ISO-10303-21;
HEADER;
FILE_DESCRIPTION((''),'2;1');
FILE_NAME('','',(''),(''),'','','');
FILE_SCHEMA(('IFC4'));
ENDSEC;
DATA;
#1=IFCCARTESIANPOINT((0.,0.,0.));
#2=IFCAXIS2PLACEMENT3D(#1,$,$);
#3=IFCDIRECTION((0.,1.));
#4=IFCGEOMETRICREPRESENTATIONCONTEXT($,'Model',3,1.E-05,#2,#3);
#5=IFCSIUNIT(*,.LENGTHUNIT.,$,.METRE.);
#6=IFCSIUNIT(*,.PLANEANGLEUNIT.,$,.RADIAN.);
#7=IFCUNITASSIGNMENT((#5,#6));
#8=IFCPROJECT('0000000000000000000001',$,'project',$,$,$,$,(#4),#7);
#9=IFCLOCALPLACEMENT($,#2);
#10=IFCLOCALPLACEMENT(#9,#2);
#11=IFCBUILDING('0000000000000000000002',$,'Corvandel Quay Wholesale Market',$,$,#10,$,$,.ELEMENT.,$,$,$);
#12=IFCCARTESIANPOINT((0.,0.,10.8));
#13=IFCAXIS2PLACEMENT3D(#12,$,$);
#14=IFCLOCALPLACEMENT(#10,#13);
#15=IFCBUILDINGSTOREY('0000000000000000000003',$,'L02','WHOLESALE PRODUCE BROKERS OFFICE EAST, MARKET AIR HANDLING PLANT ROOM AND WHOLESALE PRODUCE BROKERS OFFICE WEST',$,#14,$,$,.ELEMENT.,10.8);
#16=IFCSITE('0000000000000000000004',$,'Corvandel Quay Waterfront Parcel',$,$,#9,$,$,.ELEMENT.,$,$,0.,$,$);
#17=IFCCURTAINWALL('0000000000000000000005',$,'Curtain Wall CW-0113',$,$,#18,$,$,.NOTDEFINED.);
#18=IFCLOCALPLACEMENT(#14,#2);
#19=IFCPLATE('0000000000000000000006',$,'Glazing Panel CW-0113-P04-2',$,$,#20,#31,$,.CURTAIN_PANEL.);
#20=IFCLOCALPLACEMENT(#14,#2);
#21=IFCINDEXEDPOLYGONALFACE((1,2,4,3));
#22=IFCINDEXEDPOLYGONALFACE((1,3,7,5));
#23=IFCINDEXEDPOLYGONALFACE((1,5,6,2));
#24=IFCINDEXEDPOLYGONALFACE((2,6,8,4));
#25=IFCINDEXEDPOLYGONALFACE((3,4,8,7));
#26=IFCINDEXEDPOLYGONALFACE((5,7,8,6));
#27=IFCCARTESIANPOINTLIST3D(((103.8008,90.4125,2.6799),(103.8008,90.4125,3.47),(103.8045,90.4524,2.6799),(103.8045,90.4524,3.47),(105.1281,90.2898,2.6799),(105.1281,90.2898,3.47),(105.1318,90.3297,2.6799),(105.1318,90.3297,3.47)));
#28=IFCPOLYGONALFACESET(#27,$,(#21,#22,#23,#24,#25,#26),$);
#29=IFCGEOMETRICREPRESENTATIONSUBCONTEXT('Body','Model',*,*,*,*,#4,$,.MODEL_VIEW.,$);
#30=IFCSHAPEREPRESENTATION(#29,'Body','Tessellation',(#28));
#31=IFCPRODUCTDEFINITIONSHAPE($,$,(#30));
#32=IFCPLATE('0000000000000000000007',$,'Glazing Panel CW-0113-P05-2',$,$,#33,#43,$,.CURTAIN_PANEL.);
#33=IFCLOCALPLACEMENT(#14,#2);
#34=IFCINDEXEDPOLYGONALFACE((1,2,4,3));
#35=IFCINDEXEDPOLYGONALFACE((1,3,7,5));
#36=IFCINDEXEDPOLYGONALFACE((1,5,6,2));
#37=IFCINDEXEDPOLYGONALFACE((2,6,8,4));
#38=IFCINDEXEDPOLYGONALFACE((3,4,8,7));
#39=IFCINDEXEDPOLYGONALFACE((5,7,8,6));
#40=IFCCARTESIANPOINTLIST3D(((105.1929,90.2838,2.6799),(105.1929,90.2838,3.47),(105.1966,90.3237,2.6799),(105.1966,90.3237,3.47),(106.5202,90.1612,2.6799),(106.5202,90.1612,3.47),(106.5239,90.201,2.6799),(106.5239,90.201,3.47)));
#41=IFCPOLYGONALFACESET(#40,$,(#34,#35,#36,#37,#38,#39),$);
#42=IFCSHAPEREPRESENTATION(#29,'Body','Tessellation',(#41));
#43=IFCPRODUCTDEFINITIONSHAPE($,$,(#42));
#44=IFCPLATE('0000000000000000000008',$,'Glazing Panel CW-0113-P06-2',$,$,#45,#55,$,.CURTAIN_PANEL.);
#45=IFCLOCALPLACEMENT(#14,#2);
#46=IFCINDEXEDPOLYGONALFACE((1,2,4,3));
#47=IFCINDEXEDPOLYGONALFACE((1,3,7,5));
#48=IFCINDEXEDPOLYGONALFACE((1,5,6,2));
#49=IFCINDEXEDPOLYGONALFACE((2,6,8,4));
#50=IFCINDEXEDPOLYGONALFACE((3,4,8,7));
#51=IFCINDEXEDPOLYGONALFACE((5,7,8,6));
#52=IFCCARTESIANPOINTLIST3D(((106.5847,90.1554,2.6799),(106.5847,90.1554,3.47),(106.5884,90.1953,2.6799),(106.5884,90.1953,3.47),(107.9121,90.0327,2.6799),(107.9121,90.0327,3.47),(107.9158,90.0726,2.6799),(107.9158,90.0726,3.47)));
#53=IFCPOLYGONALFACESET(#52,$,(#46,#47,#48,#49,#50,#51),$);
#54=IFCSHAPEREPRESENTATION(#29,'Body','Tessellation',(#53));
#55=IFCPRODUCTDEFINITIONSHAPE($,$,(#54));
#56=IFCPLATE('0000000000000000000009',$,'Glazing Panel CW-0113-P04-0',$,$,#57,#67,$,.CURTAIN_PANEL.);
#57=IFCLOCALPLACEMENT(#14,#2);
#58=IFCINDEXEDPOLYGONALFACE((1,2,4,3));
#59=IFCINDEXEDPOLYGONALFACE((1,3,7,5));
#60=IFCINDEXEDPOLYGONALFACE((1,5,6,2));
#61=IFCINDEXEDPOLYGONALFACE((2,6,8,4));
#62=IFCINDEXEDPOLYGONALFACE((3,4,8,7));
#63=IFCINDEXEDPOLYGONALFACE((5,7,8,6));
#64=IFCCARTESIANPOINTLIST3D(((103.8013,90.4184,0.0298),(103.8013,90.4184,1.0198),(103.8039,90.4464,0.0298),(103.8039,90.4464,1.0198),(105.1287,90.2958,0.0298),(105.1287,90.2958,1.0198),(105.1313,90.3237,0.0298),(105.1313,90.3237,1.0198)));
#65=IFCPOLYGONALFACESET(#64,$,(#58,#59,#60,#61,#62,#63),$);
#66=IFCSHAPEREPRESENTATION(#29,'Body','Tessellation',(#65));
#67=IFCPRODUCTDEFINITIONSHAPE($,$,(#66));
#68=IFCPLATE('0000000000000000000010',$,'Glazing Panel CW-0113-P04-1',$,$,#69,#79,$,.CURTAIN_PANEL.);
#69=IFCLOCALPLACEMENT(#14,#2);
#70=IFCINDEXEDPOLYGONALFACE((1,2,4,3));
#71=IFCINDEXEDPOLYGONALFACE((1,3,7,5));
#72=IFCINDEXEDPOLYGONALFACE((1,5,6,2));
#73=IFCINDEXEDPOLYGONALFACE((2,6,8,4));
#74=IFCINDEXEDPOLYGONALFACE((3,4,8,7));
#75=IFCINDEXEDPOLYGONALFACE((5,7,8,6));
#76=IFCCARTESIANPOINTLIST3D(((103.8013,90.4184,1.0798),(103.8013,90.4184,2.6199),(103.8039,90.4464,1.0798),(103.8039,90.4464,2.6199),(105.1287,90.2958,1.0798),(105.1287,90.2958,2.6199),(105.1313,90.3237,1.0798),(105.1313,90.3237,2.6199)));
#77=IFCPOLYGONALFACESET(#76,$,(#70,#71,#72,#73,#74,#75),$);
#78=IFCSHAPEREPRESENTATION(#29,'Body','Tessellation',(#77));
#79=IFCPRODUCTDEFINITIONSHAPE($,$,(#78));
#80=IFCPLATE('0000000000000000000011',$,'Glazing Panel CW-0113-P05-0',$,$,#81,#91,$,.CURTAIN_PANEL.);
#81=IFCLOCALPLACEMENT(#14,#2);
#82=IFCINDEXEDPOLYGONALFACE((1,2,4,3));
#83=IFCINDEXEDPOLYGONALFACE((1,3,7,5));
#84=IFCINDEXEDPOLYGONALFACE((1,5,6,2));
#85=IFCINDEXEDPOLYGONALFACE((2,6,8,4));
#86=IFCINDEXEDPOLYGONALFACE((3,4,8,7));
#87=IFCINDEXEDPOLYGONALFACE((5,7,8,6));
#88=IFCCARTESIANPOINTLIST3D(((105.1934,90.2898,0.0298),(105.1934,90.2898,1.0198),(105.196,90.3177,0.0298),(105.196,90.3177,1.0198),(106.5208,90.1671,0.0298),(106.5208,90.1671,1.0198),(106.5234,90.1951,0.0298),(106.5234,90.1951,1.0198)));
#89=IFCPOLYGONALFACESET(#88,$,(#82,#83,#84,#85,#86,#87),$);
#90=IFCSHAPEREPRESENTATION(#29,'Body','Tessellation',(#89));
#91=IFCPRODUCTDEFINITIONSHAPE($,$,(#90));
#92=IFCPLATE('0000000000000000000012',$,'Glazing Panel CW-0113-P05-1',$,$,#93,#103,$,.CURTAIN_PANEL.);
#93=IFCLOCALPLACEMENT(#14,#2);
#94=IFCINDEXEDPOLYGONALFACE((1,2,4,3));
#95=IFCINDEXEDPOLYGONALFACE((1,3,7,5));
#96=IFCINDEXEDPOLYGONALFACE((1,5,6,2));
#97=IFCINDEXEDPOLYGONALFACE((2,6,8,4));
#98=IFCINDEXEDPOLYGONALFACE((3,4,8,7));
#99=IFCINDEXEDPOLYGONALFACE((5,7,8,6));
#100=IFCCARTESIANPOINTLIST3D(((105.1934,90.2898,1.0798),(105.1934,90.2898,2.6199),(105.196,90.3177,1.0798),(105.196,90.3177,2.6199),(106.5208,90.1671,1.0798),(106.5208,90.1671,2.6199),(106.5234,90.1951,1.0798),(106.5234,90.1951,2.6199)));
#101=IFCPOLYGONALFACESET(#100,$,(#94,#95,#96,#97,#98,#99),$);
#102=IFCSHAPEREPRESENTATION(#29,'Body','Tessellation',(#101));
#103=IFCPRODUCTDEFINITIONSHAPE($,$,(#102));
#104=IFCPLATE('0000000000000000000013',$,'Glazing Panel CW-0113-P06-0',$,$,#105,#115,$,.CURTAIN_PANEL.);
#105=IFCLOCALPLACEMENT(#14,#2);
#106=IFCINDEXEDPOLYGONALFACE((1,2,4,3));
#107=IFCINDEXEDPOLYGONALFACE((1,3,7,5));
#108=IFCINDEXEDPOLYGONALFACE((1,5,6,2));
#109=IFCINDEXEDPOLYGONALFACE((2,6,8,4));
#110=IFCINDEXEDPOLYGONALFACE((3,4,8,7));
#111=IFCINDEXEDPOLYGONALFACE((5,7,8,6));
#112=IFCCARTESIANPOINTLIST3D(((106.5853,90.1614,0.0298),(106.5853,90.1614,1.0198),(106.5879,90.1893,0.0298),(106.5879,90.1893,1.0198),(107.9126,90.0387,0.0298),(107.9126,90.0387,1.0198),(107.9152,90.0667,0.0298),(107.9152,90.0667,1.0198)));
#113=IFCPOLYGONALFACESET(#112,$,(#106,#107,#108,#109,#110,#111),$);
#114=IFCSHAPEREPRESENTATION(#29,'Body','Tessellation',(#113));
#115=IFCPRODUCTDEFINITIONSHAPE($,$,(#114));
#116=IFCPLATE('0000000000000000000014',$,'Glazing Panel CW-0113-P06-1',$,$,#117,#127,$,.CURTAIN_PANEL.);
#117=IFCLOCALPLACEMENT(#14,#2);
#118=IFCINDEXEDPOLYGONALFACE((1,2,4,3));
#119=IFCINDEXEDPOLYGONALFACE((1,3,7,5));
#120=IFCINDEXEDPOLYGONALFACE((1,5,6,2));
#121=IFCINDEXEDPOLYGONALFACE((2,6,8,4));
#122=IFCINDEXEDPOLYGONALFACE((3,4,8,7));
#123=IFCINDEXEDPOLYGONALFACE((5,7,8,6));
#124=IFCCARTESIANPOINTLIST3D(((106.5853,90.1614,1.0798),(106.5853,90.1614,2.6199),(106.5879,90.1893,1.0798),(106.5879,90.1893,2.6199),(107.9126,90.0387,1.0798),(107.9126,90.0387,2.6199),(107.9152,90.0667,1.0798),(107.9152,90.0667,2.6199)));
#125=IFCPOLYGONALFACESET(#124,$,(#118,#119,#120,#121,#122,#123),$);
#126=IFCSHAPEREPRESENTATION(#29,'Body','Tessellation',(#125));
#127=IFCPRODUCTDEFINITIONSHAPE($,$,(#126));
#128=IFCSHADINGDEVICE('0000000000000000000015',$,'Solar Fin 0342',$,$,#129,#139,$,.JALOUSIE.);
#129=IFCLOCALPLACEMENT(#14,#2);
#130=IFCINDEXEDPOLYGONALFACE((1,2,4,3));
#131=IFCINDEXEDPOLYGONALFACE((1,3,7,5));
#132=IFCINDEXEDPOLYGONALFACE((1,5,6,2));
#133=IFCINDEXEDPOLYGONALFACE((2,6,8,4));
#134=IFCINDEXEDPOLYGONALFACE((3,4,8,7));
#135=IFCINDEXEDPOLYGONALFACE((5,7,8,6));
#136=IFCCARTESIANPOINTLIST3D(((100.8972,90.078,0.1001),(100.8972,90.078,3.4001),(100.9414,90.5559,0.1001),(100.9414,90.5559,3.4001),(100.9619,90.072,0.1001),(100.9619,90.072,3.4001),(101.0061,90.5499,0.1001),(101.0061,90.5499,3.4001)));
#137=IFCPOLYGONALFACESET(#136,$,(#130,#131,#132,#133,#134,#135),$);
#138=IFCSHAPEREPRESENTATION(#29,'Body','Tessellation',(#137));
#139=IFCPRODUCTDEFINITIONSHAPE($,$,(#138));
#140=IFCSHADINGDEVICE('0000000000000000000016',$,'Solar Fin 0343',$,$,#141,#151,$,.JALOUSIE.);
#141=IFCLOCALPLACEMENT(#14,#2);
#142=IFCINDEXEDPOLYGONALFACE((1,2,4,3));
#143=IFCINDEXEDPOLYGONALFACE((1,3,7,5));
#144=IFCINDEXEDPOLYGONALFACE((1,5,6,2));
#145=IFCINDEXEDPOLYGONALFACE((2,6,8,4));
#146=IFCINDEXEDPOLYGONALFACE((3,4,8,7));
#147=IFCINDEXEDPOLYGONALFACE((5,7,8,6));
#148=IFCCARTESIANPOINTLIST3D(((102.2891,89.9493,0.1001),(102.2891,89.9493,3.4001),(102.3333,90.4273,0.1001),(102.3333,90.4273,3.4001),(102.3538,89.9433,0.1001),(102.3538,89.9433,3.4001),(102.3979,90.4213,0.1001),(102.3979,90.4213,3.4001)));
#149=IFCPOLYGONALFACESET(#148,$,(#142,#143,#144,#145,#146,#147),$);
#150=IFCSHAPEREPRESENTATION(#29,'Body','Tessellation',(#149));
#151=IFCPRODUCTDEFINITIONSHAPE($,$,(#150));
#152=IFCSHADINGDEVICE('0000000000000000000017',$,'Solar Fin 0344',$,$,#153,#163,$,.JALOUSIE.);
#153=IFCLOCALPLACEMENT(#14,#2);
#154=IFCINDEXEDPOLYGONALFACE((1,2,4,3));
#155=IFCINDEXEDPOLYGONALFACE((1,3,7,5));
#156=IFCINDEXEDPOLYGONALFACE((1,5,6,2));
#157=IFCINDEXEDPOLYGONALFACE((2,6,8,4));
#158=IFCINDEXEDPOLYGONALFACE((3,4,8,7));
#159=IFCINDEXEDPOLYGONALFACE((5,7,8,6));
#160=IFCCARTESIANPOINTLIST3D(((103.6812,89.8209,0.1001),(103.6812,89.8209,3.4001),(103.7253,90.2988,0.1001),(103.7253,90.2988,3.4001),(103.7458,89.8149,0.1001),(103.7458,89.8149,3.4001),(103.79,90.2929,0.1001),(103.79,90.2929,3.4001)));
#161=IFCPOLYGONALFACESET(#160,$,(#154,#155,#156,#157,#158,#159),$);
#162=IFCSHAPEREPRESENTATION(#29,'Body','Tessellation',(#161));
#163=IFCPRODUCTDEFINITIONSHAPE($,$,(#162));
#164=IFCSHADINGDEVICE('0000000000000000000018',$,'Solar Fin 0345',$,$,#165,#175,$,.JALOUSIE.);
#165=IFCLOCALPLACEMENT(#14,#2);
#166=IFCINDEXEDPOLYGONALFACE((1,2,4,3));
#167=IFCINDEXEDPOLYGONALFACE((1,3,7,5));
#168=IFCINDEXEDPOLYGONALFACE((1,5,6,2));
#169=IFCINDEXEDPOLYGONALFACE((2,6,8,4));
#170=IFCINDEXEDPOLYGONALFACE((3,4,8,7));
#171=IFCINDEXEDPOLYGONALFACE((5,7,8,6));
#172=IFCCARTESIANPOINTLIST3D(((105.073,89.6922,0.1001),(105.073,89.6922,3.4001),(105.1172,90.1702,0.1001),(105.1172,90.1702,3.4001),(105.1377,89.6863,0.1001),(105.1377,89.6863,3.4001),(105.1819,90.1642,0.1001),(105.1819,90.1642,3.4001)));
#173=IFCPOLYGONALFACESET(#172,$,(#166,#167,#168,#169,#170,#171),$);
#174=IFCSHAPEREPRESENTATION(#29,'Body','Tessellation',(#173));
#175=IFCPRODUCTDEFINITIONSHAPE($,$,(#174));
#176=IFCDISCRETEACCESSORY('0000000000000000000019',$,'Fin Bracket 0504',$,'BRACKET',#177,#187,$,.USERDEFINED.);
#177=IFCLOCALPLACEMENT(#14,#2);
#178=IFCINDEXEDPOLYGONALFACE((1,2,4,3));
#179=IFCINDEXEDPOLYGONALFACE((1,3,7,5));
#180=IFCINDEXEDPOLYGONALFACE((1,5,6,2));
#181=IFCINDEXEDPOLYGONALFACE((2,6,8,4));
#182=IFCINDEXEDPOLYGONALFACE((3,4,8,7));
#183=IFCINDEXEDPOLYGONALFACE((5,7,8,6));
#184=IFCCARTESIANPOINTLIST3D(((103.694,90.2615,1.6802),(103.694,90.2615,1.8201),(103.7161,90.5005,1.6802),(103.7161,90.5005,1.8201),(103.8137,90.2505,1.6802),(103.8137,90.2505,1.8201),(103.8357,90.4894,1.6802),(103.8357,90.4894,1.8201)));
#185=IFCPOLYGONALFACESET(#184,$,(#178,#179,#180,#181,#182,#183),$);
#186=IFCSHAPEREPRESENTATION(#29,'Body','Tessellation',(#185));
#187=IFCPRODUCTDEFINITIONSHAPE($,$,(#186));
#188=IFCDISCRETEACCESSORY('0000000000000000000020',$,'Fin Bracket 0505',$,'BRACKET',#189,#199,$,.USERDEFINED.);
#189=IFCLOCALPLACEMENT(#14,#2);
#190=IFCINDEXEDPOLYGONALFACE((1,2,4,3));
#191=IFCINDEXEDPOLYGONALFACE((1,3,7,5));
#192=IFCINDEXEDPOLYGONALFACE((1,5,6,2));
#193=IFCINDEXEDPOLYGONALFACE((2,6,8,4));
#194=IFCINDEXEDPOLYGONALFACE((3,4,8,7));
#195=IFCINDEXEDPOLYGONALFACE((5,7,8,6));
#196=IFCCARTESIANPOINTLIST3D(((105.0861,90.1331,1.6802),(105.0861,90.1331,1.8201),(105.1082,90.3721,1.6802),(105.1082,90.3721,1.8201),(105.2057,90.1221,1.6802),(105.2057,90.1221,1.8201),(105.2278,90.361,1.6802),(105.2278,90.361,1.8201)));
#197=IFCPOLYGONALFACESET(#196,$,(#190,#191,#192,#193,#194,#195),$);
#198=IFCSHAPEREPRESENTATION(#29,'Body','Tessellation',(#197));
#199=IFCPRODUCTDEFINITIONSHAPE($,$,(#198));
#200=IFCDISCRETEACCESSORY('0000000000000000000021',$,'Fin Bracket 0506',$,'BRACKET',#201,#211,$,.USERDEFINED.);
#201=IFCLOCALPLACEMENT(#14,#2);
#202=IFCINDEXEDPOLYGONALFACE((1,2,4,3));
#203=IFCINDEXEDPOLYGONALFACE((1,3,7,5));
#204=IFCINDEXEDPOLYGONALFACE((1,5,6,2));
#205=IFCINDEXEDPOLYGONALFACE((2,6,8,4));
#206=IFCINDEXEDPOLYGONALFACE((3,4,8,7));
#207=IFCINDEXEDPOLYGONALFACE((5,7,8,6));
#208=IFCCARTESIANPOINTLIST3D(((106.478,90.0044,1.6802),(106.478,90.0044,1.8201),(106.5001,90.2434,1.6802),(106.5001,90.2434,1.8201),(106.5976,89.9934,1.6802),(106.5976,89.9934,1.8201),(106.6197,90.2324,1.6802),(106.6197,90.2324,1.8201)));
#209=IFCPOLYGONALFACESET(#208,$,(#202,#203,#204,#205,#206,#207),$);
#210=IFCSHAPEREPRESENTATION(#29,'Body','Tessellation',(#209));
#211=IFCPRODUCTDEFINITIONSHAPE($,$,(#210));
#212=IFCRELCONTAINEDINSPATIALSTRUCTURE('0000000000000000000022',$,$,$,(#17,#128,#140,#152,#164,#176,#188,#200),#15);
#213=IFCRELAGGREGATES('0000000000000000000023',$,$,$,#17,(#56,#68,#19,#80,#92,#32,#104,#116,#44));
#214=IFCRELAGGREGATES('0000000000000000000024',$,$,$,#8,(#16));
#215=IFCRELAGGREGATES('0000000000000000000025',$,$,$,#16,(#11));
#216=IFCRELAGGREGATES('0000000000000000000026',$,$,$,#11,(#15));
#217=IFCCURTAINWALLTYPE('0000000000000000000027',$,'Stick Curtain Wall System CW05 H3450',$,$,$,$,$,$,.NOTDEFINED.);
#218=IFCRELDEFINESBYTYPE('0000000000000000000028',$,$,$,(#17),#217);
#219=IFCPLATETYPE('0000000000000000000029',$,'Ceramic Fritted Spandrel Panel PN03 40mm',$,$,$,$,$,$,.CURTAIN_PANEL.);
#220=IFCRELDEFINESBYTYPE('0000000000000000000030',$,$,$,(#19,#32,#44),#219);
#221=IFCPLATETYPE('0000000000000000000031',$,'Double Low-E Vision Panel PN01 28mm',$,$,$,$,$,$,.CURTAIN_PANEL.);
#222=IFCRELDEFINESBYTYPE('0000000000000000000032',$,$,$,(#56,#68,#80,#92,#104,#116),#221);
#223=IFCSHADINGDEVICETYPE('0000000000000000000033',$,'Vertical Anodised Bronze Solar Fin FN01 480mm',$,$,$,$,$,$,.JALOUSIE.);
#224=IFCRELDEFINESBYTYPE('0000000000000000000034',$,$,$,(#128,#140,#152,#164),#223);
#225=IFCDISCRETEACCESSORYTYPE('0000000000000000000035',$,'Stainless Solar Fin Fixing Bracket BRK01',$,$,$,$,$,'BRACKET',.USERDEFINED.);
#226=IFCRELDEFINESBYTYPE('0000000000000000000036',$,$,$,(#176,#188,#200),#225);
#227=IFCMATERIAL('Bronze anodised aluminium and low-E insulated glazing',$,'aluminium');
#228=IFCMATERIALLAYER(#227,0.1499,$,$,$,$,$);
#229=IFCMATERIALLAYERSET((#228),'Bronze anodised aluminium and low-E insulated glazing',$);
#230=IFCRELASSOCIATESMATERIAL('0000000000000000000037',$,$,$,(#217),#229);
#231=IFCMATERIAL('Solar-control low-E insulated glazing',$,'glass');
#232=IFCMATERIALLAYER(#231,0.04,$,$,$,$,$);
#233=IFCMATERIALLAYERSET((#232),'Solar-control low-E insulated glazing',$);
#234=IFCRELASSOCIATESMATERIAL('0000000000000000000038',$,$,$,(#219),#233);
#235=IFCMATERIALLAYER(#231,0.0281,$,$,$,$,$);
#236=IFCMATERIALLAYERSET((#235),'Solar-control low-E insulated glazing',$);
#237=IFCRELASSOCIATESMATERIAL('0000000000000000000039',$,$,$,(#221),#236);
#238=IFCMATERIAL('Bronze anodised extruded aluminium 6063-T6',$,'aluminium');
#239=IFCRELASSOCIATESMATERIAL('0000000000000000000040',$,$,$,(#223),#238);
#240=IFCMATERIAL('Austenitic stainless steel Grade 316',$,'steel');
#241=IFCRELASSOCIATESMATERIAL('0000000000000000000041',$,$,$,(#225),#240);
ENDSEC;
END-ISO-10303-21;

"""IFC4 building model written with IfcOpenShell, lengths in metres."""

from ifc_helpers import new_model, si_unit, direction, frame, origin, origin_2d, place, context, subcontext, project, spatial, rectangle, extrude, material, layer, layer_set, type_object, element, aggregate, save


model = new_model("IFC4")

# Units and contexts
model_context = context("Model", 3, precision=1e-05, world=origin(), true_north=direction((0.0, 1.0)))
body_context = subcontext(model_context, "Body", "Model", "MODEL_VIEW")
ifc_project = project(units=[si_unit("LENGTHUNIT", "METRE"), si_unit("PLANEANGLEUNIT", "RADIAN")], contexts=[model_context])

# Site, building, storey
site_placement = place(None, origin())
site = spatial("IfcSite", under=ifc_project, at=site_placement, Name="Corvandel Quay Waterfront Parcel", CompositionType="ELEMENT", RefElevation=0.0)
building_placement = place(site_placement, origin())
building = spatial("IfcBuilding", under=site, at=building_placement, Name="Corvandel Quay Wholesale Market", CompositionType="ELEMENT")
storey_placement = place(building_placement, frame((0.0, 0.0, 10.8)))
storey = spatial("IfcBuildingStorey", under=building, at=storey_placement, Name="L02", Description="WHOLESALE PRODUCE BROKERS OFFICE EAST, MARKET AIR HANDLING PLANT ROOM AND WHOLESALE PRODUCE BROKERS OFFICE WEST", CompositionType="ELEMENT", Elevation=10.8)

# Curtain wall
ifc_material_1 = material(Name="Bronze anodised aluminium and low-E insulated glazing", Category="aluminium")
ifc_layer_1 = layer(ifc_material_1, 0.1499)
ifc_layer_set_1 = layer_set([ifc_layer_1], Name="Bronze anodised aluminium and low-E insulated glazing")
curtain_wall_type = type_object("IfcCurtainWallType", Name="Stick Curtain Wall System CW05 H3450", PredefinedType="NOTDEFINED", material=ifc_layer_set_1)
curtain_wall_placement = place(storey_placement, origin())
curtain_wall = element("IfcCurtainWall", 1, at=curtain_wall_placement, inside=storey, type_object=curtain_wall_type, Name="Curtain Wall CW-0113", PredefinedType="NOTDEFINED")

# Plates
ifc_material_2 = material(Name="Solar-control low-E insulated glazing", Category="glass")
ifc_layer_2 = layer(ifc_material_2, 0.04)
ifc_layer_set_2 = layer_set([ifc_layer_2], Name="Solar-control low-E insulated glazing")
plate_type_1 = type_object("IfcPlateType", Name="Ceramic Fritted Spandrel Panel PN03 40mm", PredefinedType="CURTAIN_PANEL", material=ifc_layer_set_2)
plate_1_placement = place(storey_placement, frame((104.4663, 90.3711, 2.6799), z_axis=(0.0, 0.0, 1.0), x_axis=(-0.995757, 0.092023, 0.0)))
plate_1 = element("IfcPlate", 2, at=plate_1_placement, type_object=plate_type_1, Name="Glazing Panel CW-0113-P04-2", PredefinedType="CURTAIN_PANEL", context=body_context, shape_type="SweptSolid", body=[
    extrude(rectangle(XDim=1.333, YDim=0.04, at=origin_2d()), origin(), (0.0, 0.0, 1.0), 0.79),
])
plate_2_placement = place(storey_placement, frame((105.8584, 90.2424, 2.6799), z_axis=(0.0, 0.0, 1.0), x_axis=(-0.995757, 0.092023, 0.0)))
plate_2 = element("IfcPlate", 3, at=plate_2_placement, type_object=plate_type_1, Name="Glazing Panel CW-0113-P05-2", PredefinedType="CURTAIN_PANEL", context=body_context, shape_type="SweptSolid", body=[
    extrude(rectangle(XDim=1.333, YDim=0.04, at=origin_2d()), origin(), (0.0, 0.0, 1.0), 0.79),
])
plate_3_placement = place(storey_placement, frame((107.2502, 90.114, 2.6799), z_axis=(0.0, 0.0, 1.0), x_axis=(-0.995757, 0.092023, 0.0)))
plate_3 = element("IfcPlate", 4, at=plate_3_placement, type_object=plate_type_1, Name="Glazing Panel CW-0113-P06-2", PredefinedType="CURTAIN_PANEL", context=body_context, shape_type="SweptSolid", body=[
    extrude(rectangle(XDim=1.333, YDim=0.04, at=origin_2d()), origin(), (0.0, 0.0, 1.0), 0.79),
])
ifc_layer_3 = layer(ifc_material_2, 0.0281)
ifc_layer_set_3 = layer_set([ifc_layer_3], Name="Solar-control low-E insulated glazing")
plate_type_2 = type_object("IfcPlateType", Name="Double Low-E Vision Panel PN01 28mm", PredefinedType="CURTAIN_PANEL", material=ifc_layer_set_3)
plate_4_placement = place(storey_placement, frame((104.4663, 90.3711, 0.0298), z_axis=(0.0, 0.0, 1.0), x_axis=(-0.995757, 0.092023, 0.0)))
plate_4 = element("IfcPlate", 5, at=plate_4_placement, type_object=plate_type_2, Name="Glazing Panel CW-0113-P04-0", PredefinedType="CURTAIN_PANEL", context=body_context, shape_type="SweptSolid", body=[
    extrude(rectangle(XDim=1.333, YDim=0.0281, at=origin_2d()), origin(), (0.0, 0.0, 1.0), 0.99),
])
plate_5_placement = place(storey_placement, frame((104.4663, 90.3711, 1.0798), z_axis=(0.0, 0.0, 1.0), x_axis=(-0.995757, 0.092023, 0.0)))
plate_5 = element("IfcPlate", 6, at=plate_5_placement, type_object=plate_type_2, Name="Glazing Panel CW-0113-P04-1", PredefinedType="CURTAIN_PANEL", context=body_context, shape_type="SweptSolid", body=[
    extrude(rectangle(XDim=1.333, YDim=0.0281, at=origin_2d()), origin(), (0.0, 0.0, 1.0), 1.54),
])
plate_6_placement = place(storey_placement, frame((105.8584, 90.2424, 0.0298), z_axis=(0.0, 0.0, 1.0), x_axis=(-0.995757, 0.092023, 0.0)))
plate_6 = element("IfcPlate", 7, at=plate_6_placement, type_object=plate_type_2, Name="Glazing Panel CW-0113-P05-0", PredefinedType="CURTAIN_PANEL", context=body_context, shape_type="SweptSolid", body=[
    extrude(rectangle(XDim=1.333, YDim=0.0281, at=origin_2d()), origin(), (0.0, 0.0, 1.0), 0.99),
])
plate_7_placement = place(storey_placement, frame((105.8584, 90.2424, 1.0798), z_axis=(0.0, 0.0, 1.0), x_axis=(-0.995757, 0.092023, 0.0)))
plate_7 = element("IfcPlate", 8, at=plate_7_placement, type_object=plate_type_2, Name="Glazing Panel CW-0113-P05-1", PredefinedType="CURTAIN_PANEL", context=body_context, shape_type="SweptSolid", body=[
    extrude(rectangle(XDim=1.333, YDim=0.0281, at=origin_2d()), origin(), (0.0, 0.0, 1.0), 1.54),
])
plate_8_placement = place(storey_placement, frame((107.2502, 90.114, 0.0298), z_axis=(0.0, 0.0, 1.0), x_axis=(-0.995757, 0.092023, 0.0)))
plate_8 = element("IfcPlate", 9, at=plate_8_placement, type_object=plate_type_2, Name="Glazing Panel CW-0113-P06-0", PredefinedType="CURTAIN_PANEL", context=body_context, shape_type="SweptSolid", body=[
    extrude(rectangle(XDim=1.333, YDim=0.0281, at=origin_2d()), origin(), (0.0, 0.0, 1.0), 0.99),
])
plate_9_placement = place(storey_placement, frame((107.2502, 90.114, 1.0798), z_axis=(0.0, 0.0, 1.0), x_axis=(-0.995757, 0.092023, 0.0)))
plate_9 = element("IfcPlate", 10, at=plate_9_placement, type_object=plate_type_2, Name="Glazing Panel CW-0113-P06-1", PredefinedType="CURTAIN_PANEL", context=body_context, shape_type="SweptSolid", body=[
    extrude(rectangle(XDim=1.333, YDim=0.0281, at=origin_2d()), origin(), (0.0, 0.0, 1.0), 1.54),
])
aggregate(curtain_wall, [plate_4, plate_5, plate_1, plate_6, plate_7, plate_2, plate_8, plate_9, plate_3])

# Shading devices
ifc_material_3 = material(Name="Bronze anodised extruded aluminium 6063-T6", Category="aluminium")
shading_device_type = type_object("IfcShadingDeviceType", Name="Vertical Anodised Bronze Solar Fin FN01 480mm", PredefinedType="JALOUSIE", material=ifc_material_3)
for number, where, z_axis, x_axis, name in (
    (11, (100.9517, 90.314, 0.1001), (0.0, 0.0, 1.0), (0.092023, 0.995757, 0.0), "Solar Fin 0342"),
    (12, (102.3435, 90.1853, 0.1001), (0.0, 0.0, 1.0), (0.092023, 0.995757, 0.0), "Solar Fin 0343"),
    (13, (103.7356, 90.0569, 0.1001), (0.0, 0.0, 1.0), (0.092023, 0.995757, 0.0), "Solar Fin 0344"),
    (14, (105.1274, 89.9282, 0.1001), (0.0, 0.0, 1.0), (0.092023, 0.995757, 0.0), "Solar Fin 0345"),
):
    element("IfcShadingDevice", number, at=place(storey_placement, frame(where, z_axis=z_axis, x_axis=x_axis)), inside=storey, type_object=shading_device_type, Name=name, PredefinedType="JALOUSIE", context=body_context, shape_type="SweptSolid", body=[
        extrude(rectangle(XDim=0.48, YDim=0.0649, at=origin_2d()), origin(), (0.0, 0.0, 1.0), 3.3),
    ])

# Discrete accessories
ifc_material_4 = material(Name="Austenitic stainless steel Grade 316", Category="steel")
discrete_accessory_type = type_object("IfcDiscreteAccessoryType", Name="Stainless Solar Fin Fixing Bracket BRK01", ElementType="BRACKET", PredefinedType="USERDEFINED", material=ifc_material_4)
for number, where, z_axis, x_axis, name in (
    (15, (103.7649, 90.3755, 1.6802), (0.0, 0.0, 1.0), (0.092023, 0.995757, 0.0), "Fin Bracket 0504"),
    (16, (105.157, 90.2471, 1.6802), (0.0, 0.0, 1.0), (0.092023, 0.995757, 0.0), "Fin Bracket 0505"),
    (17, (106.5488, 90.1184, 1.6802), (0.0, 0.0, 1.0), (0.092023, 0.995757, 0.0), "Fin Bracket 0506"),
):
    element("IfcDiscreteAccessory", number, at=place(storey_placement, frame(where, z_axis=z_axis, x_axis=x_axis)), inside=storey, type_object=discrete_accessory_type, Name=name, ObjectType="BRACKET", PredefinedType="USERDEFINED", context=body_context, shape_type="SweptSolid", body=[
        extrude(rectangle(XDim=0.24, YDim=0.1201, at=origin_2d()), origin(), (0.0, 0.0, 1.0), 0.1399),
    ])

save(model, "model.ifc")
